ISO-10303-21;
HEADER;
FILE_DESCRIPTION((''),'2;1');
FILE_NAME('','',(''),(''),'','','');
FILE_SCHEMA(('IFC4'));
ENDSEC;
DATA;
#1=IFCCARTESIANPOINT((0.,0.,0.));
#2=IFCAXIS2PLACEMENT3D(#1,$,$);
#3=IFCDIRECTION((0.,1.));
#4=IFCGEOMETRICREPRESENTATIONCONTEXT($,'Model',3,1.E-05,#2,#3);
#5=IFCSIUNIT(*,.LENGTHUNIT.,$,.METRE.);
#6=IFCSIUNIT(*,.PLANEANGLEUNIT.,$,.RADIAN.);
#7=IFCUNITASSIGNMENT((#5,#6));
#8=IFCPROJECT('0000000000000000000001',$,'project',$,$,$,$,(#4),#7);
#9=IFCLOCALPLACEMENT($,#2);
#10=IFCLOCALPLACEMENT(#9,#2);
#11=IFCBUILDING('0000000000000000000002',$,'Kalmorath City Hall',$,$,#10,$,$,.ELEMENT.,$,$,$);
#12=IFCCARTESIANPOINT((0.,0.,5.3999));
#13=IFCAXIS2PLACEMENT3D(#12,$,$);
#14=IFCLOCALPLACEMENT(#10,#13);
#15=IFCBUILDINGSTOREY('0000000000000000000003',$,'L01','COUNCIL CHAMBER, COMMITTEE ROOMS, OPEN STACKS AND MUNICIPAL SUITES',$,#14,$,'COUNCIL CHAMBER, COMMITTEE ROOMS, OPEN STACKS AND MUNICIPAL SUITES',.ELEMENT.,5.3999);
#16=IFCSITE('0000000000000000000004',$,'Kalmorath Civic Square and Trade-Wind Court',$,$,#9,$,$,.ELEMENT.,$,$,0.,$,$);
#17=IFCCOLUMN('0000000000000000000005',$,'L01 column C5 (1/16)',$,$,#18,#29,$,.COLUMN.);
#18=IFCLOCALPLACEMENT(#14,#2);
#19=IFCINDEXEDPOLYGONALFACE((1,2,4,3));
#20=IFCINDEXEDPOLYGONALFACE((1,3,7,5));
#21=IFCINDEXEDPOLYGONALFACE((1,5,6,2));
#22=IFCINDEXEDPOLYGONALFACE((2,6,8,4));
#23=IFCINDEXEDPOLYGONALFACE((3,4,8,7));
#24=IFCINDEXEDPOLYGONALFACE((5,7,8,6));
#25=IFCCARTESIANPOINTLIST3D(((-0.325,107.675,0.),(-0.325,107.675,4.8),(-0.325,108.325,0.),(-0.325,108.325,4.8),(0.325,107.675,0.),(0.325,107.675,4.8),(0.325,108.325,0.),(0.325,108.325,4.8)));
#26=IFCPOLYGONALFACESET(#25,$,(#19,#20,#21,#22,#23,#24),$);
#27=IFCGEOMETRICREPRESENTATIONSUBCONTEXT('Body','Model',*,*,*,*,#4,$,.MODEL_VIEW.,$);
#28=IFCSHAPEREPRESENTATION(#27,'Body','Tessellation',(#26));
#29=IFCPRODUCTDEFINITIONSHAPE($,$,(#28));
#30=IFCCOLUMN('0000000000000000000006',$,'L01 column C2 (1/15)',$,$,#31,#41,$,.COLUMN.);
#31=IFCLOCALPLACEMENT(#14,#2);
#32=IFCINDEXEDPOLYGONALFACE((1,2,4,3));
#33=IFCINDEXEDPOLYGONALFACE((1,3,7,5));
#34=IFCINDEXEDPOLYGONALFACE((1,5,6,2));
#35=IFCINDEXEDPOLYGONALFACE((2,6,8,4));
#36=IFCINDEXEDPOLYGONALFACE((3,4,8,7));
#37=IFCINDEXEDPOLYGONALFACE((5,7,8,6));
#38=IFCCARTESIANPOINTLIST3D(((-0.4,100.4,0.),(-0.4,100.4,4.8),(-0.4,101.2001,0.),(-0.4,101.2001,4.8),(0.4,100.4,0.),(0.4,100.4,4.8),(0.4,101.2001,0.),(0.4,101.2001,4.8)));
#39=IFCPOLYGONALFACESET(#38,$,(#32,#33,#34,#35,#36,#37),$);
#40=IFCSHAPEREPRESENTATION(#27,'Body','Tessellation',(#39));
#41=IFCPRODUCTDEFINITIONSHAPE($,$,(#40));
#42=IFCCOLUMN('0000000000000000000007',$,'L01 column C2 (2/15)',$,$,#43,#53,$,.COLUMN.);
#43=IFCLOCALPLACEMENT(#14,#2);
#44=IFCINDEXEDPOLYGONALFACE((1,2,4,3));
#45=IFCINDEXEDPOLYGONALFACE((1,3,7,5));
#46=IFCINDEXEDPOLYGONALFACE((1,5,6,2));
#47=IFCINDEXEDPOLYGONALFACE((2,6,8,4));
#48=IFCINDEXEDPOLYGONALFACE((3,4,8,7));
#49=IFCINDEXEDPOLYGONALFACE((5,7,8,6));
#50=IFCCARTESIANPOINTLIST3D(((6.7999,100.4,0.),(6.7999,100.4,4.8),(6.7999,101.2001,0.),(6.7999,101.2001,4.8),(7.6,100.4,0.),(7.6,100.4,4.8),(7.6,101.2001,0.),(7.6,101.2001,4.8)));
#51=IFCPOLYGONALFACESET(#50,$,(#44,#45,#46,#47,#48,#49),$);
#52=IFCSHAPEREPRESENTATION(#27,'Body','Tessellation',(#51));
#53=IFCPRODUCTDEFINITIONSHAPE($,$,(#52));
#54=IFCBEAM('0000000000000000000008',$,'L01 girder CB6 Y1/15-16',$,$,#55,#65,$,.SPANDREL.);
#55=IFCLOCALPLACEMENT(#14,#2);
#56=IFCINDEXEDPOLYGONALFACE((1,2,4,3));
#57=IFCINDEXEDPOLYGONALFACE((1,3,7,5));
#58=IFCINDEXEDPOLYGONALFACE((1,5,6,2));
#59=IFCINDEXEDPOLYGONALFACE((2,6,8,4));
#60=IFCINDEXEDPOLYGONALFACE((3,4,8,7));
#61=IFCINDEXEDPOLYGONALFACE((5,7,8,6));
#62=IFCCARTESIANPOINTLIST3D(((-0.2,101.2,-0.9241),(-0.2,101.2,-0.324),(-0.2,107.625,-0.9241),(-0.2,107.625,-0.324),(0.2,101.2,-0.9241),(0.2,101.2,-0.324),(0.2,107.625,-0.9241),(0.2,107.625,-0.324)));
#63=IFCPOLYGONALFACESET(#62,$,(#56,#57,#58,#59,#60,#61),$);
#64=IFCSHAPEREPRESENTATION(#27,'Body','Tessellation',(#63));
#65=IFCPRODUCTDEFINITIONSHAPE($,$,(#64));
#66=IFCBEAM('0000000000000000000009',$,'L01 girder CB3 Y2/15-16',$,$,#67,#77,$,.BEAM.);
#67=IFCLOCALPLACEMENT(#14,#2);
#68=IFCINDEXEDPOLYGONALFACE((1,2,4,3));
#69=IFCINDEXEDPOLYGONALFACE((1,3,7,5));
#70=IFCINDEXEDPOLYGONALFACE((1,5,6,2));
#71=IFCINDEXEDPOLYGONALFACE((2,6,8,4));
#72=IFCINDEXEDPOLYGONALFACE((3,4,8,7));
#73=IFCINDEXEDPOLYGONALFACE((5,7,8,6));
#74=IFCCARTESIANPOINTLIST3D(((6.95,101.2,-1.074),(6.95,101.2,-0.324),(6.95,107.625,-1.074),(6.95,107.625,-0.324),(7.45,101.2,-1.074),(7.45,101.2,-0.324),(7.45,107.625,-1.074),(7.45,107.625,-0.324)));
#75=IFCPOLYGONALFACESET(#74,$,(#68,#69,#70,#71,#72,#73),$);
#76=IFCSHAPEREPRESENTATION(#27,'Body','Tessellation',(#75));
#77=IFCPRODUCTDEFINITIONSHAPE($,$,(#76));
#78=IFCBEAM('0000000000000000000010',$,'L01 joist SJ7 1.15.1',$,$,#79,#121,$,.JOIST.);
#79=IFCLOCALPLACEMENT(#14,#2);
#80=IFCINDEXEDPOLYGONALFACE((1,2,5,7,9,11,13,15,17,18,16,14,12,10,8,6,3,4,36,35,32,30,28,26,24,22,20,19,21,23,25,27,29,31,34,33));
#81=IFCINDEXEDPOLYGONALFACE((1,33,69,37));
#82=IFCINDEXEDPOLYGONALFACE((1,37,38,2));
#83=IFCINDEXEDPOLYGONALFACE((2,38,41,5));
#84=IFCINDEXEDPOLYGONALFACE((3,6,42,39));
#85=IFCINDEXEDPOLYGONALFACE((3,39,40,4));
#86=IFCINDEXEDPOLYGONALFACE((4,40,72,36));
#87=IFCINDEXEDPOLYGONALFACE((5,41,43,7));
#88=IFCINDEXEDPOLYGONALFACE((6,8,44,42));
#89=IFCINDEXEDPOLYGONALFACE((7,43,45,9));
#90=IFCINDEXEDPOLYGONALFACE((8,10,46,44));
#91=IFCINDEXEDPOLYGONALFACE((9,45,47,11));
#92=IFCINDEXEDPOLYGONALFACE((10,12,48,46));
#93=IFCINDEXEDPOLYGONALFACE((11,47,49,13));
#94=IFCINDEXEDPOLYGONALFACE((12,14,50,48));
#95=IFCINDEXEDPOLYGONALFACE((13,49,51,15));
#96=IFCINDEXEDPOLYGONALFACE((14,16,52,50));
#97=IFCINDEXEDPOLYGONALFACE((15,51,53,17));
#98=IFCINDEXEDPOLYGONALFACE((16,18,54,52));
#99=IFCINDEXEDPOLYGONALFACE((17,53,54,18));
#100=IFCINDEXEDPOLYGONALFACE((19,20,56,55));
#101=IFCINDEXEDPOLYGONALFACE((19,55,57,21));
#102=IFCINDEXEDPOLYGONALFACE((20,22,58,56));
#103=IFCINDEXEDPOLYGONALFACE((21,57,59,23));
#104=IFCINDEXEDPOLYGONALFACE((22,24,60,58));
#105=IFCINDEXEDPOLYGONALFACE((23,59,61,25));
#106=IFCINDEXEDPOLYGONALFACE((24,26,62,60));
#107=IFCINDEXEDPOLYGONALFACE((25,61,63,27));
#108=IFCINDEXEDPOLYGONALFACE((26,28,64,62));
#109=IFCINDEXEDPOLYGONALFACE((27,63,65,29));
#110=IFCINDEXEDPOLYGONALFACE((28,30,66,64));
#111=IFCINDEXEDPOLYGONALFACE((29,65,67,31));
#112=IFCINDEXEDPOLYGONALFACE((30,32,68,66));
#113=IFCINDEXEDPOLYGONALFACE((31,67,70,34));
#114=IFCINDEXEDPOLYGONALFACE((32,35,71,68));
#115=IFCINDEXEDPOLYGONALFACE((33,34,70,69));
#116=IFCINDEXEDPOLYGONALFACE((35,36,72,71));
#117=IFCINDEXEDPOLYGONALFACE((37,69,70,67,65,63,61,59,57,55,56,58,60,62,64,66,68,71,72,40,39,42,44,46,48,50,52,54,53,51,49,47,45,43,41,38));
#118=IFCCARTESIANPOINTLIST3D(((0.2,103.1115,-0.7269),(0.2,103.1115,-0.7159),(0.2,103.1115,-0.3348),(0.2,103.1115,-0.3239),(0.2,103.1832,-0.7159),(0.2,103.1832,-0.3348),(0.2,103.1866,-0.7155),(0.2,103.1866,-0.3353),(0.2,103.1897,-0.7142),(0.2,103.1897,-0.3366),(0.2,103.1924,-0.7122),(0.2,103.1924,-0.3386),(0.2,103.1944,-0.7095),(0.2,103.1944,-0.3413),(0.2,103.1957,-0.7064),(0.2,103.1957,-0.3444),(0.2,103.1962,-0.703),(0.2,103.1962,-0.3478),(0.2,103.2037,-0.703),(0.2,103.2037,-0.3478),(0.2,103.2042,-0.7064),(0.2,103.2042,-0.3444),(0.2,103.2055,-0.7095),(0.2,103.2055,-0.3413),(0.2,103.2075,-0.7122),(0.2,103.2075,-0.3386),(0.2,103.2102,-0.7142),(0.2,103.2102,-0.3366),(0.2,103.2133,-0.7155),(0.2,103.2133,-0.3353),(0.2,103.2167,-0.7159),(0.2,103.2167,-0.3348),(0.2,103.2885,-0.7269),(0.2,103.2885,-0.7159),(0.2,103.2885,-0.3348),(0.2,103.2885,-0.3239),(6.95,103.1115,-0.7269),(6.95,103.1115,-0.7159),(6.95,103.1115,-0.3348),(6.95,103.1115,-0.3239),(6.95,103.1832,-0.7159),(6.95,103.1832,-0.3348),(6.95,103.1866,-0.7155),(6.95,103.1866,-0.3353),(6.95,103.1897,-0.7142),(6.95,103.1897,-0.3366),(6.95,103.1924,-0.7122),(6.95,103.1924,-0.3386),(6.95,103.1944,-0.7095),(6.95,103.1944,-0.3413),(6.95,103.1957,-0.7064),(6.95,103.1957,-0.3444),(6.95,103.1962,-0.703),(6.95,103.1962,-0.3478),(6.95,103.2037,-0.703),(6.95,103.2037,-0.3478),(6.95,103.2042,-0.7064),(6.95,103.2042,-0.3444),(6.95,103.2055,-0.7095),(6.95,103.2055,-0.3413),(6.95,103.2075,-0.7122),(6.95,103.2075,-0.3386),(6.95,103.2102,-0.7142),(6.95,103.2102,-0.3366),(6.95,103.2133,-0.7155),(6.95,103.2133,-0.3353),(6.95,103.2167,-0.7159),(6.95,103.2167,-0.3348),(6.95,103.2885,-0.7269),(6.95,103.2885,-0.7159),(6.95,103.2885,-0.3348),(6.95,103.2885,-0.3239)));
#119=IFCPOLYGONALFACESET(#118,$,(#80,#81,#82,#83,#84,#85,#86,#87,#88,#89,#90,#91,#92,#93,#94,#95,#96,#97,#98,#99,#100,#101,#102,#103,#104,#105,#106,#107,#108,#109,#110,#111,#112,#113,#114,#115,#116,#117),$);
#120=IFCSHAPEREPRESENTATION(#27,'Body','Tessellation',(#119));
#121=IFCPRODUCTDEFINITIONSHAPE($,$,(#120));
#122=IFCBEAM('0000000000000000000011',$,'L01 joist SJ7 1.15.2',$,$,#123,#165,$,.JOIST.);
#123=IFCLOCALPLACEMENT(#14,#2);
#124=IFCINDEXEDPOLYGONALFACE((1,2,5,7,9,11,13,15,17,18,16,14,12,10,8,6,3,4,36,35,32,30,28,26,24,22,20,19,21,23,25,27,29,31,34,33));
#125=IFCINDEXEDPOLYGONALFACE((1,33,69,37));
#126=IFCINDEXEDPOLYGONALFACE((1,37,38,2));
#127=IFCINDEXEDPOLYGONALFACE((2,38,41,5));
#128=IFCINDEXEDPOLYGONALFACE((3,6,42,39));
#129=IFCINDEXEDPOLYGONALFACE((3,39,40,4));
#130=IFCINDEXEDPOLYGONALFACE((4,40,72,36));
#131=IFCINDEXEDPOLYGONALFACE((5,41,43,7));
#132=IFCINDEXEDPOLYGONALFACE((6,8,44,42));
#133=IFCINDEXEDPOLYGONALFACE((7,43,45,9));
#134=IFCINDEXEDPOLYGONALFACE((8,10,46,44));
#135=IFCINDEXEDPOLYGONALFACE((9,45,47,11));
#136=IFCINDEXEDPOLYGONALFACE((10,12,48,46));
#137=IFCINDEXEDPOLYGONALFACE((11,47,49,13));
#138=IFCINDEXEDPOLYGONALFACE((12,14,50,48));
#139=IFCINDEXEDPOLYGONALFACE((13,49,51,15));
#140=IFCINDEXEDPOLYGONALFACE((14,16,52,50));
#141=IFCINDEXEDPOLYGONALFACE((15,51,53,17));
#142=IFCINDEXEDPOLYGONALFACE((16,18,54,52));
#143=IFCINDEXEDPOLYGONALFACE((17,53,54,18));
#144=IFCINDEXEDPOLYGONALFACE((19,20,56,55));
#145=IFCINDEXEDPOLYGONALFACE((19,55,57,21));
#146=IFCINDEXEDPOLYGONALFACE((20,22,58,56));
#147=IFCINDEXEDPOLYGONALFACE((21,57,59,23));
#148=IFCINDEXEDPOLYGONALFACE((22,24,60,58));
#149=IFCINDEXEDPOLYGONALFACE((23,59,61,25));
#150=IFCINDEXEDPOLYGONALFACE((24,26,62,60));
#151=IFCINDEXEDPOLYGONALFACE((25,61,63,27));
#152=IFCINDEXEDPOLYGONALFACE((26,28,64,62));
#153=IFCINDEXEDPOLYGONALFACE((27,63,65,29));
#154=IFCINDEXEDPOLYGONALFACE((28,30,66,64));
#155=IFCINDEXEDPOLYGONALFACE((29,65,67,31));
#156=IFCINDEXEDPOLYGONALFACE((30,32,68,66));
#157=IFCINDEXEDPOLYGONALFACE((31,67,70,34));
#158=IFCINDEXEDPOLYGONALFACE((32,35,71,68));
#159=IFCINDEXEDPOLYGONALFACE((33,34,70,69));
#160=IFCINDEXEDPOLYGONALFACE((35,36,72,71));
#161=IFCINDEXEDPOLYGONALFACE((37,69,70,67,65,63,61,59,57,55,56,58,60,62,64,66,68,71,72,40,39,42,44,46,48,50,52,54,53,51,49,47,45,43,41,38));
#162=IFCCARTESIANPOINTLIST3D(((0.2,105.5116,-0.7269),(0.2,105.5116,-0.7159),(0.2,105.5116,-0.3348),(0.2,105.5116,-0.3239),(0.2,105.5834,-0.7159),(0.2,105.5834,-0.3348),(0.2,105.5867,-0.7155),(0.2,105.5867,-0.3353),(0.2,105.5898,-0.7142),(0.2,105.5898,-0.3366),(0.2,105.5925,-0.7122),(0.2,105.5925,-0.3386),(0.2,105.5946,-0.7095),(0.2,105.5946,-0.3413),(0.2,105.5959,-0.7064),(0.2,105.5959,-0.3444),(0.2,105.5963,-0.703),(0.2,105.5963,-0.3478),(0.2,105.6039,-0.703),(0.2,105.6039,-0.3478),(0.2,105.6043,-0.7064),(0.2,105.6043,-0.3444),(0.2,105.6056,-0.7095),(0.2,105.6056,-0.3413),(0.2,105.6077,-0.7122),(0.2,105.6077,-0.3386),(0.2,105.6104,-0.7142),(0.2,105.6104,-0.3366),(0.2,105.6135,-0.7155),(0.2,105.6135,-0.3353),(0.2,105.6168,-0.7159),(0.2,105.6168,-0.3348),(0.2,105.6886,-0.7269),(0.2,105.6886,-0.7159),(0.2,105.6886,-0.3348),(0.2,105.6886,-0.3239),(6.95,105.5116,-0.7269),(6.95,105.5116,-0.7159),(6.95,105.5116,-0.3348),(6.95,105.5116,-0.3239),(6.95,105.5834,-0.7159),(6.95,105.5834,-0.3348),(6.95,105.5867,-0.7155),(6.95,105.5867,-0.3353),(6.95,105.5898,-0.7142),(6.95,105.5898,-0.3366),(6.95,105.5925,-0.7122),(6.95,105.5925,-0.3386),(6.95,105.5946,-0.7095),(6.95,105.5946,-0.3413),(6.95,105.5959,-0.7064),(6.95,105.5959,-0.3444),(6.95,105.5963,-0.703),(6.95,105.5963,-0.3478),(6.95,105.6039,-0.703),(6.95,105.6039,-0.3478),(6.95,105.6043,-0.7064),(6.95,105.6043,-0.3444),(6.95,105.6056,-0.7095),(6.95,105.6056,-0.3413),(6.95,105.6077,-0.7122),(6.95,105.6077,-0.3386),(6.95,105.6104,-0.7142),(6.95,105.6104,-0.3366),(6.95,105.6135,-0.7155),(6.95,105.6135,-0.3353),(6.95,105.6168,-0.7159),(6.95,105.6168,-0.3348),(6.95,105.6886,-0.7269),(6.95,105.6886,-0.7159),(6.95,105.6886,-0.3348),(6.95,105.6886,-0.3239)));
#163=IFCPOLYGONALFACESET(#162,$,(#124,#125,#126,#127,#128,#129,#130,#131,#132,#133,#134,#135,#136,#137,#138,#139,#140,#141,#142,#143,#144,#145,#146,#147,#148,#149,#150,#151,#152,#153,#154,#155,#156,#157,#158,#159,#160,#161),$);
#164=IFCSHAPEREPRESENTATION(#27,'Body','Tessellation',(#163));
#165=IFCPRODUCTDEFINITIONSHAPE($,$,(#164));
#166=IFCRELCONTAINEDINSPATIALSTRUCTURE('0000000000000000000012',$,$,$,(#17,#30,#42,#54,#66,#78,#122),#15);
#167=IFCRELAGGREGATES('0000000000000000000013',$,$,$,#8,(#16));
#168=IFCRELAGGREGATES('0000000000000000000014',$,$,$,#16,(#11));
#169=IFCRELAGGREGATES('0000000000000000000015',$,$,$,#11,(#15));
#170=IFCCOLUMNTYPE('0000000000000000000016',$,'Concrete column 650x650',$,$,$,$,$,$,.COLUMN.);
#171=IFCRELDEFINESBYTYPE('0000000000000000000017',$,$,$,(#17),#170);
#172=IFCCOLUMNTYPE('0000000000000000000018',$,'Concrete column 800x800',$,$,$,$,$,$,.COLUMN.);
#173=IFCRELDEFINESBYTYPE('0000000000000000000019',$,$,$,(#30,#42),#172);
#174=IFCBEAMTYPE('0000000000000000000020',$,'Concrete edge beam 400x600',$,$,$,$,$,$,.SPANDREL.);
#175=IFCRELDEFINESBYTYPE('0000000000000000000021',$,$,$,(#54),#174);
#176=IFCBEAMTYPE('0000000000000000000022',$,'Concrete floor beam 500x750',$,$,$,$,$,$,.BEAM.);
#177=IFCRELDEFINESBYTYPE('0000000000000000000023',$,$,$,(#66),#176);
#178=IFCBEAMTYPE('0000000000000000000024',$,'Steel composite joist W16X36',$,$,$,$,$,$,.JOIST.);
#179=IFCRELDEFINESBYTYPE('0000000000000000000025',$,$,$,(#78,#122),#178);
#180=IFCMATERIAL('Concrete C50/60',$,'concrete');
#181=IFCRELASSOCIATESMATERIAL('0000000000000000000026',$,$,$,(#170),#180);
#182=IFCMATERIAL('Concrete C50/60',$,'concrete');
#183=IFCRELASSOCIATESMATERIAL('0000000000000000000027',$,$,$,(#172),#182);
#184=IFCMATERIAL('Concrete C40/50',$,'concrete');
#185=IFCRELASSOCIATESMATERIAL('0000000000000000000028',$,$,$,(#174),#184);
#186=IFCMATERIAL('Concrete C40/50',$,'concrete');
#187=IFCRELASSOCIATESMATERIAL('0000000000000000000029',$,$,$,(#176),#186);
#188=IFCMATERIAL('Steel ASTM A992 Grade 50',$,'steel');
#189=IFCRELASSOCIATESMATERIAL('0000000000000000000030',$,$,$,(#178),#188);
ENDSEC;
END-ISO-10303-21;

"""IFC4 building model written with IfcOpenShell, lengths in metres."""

from ifc_helpers import new_model, si_unit, direction, frame, origin, origin_2d, place, context, subcontext, project, spatial, rectangle, i_section, extrude, material, material_profile, profile_set, type_object, element, save


model = new_model("IFC4")

# Units and contexts
model_context = context("Model", 3, precision=1e-05, world=origin(), true_north=direction((0.0, 1.0)))
body_context = subcontext(model_context, "Body", "Model", "MODEL_VIEW")
ifc_project = project(units=[si_unit("LENGTHUNIT", "METRE"), si_unit("PLANEANGLEUNIT", "RADIAN")], contexts=[model_context])

# Site, building, storey
site_placement = place(None, origin())
site = spatial("IfcSite", under=ifc_project, at=site_placement, Name="Kalmorath Civic Square and Trade-Wind Court", CompositionType="ELEMENT", RefElevation=0.0)
building_placement = place(site_placement, origin())
building = spatial("IfcBuilding", under=site, at=building_placement, Name="Kalmorath City Hall", CompositionType="ELEMENT")
storey_placement = place(building_placement, frame((0.0, 0.0, 5.3999)))
storey = spatial("IfcBuildingStorey", under=building, at=storey_placement, Name="L01", Description="COUNCIL CHAMBER, COMMITTEE ROOMS, OPEN STACKS AND MUNICIPAL SUITES", LongName="COUNCIL CHAMBER, COMMITTEE ROOMS, OPEN STACKS AND MUNICIPAL SUITES", CompositionType="ELEMENT", Elevation=5.3999)

# Columns
ifc_material_1 = material(Name="Concrete C50/60", Category="concrete")
ifc_material_profile_1 = material_profile(ifc_material_1, rectangle(XDim=0.6499, YDim=0.6499, at=origin_2d()), Name="RC-COL-650X650")
ifc_profile_set_1 = profile_set([ifc_material_profile_1], Name="Concrete C50/60")
column_type_1 = type_object("IfcColumnType", Name="Concrete column 650x650", PredefinedType="COLUMN", material=ifc_profile_set_1)
column_placement = place(storey_placement, frame((0.0, 108.0, 0.0), z_axis=(0.0, 0.0, 1.0), x_axis=(1.0, 0.0, 0.0)))
element("IfcColumn", 1, at=column_placement, inside=storey, type_object=column_type_1, Name="L01 column C5 (1/16)", PredefinedType="COLUMN", context=body_context, shape_type="SweptSolid", body=[
    extrude(rectangle(XDim=0.6499, YDim=0.6499, at=origin_2d()), origin(), (0.0, 0.0, 1.0), 4.8),
])
ifc_material_2 = material(Name="Concrete C50/60", Category="concrete")
ifc_material_profile_2 = material_profile(ifc_material_2, rectangle(XDim=0.8, YDim=0.8, at=origin_2d()), Name="RC-COL-800X800")
ifc_profile_set_2 = profile_set([ifc_material_profile_2], Name="Concrete C50/60")
column_type_2 = type_object("IfcColumnType", Name="Concrete column 800x800", PredefinedType="COLUMN", material=ifc_profile_set_2)
for number, where, z_axis, x_axis, name in (
    (2, (0.0, 100.8, 0.0), (0.0, 0.0, 1.0), (1.0, 0.0, 0.0), "L01 column C2 (1/15)"),
    (3, (7.2, 100.8, 0.0), (0.0, 0.0, 1.0), (1.0, 0.0, 0.0), "L01 column C2 (2/15)"),
):
    element("IfcColumn", number, at=place(storey_placement, frame(where, z_axis=z_axis, x_axis=x_axis)), inside=storey, type_object=column_type_2, Name=name, PredefinedType="COLUMN", context=body_context, shape_type="SweptSolid", body=[
        extrude(rectangle(XDim=0.8, YDim=0.8, at=origin_2d()), origin(), (0.0, 0.0, 1.0), 4.8),
    ])

# Beams
ifc_material_3 = material(Name="Concrete C40/50", Category="concrete")
ifc_material_profile_3 = material_profile(ifc_material_3, rectangle(XDim=0.3999, YDim=0.6001, at=origin_2d()), Name="RC-BM-400X600")
ifc_profile_set_3 = profile_set([ifc_material_profile_3], Name="Concrete C40/50")
beam_type_1 = type_object("IfcBeamType", Name="Concrete edge beam 400x600", PredefinedType="SPANDREL", material=ifc_profile_set_3)
beam_1_placement = place(storey_placement, frame((0.0, 101.2, -0.624), z_axis=(0.0, 1.0, 0.0), x_axis=(-1.0, 0.0, 0.0)))
element("IfcBeam", 4, at=beam_1_placement, inside=storey, type_object=beam_type_1, Name="L01 girder CB6 Y1/15-16", PredefinedType="SPANDREL", context=body_context, shape_type="SweptSolid", body=[
    extrude(rectangle(XDim=0.3999, YDim=0.6001, at=origin_2d()), origin(), (0.0, 0.0, 1.0), 6.425),
])
ifc_material_4 = material(Name="Concrete C40/50", Category="concrete")
ifc_material_profile_4 = material_profile(ifc_material_4, rectangle(XDim=0.5, YDim=0.75, at=origin_2d()), Name="RC-BM-500X750")
ifc_profile_set_4 = profile_set([ifc_material_profile_4], Name="Concrete C40/50")
beam_type_2 = type_object("IfcBeamType", Name="Concrete floor beam 500x750", PredefinedType="BEAM", material=ifc_profile_set_4)
beam_2_placement = place(storey_placement, frame((7.2, 101.2, -0.699), z_axis=(0.0, 1.0, 0.0), x_axis=(-1.0, 0.0, 0.0)))
element("IfcBeam", 5, at=beam_2_placement, inside=storey, type_object=beam_type_2, Name="L01 girder CB3 Y2/15-16", PredefinedType="BEAM", context=body_context, shape_type="SweptSolid", body=[
    extrude(rectangle(XDim=0.5, YDim=0.75, at=origin_2d()), origin(), (0.0, 0.0, 1.0), 6.425),
])
ifc_material_5 = material(Name="Steel ASTM A992 Grade 50", Category="steel")
ifc_material_profile_5 = material_profile(ifc_material_5, i_section(OverallWidth=0.177, OverallDepth=0.4031, WebThickness=0.0076, FlangeThickness=0.011, FilletRadius=0.0129, at=origin_2d()), Name="W16X36")
ifc_profile_set_5 = profile_set([ifc_material_profile_5], Name="Steel ASTM A992 Grade 50")
beam_type_3 = type_object("IfcBeamType", Name="Steel composite joist W16X36", PredefinedType="JOIST", material=ifc_profile_set_5)
for number, where, z_axis, x_axis, name in (
    (6, (0.2, 103.2, -0.5254), (1.0, 0.0, 0.0), (0.0, 1.0, 0.0), "L01 joist SJ7 1.15.1"),
    (7, (0.2, 105.6001, -0.5254), (1.0, 0.0, 0.0), (0.0, 1.0, 0.0), "L01 joist SJ7 1.15.2"),
):
    element("IfcBeam", number, at=place(storey_placement, frame(where, z_axis=z_axis, x_axis=x_axis)), inside=storey, type_object=beam_type_3, Name=name, PredefinedType="JOIST", context=body_context, shape_type="SweptSolid", body=[
        extrude(i_section(OverallWidth=0.177, OverallDepth=0.4031, WebThickness=0.0076, FlangeThickness=0.011, FilletRadius=0.0129, at=origin_2d()), origin(), (0.0, 0.0, 1.0), 6.75),
    ])

save(model, "model.ifc")
